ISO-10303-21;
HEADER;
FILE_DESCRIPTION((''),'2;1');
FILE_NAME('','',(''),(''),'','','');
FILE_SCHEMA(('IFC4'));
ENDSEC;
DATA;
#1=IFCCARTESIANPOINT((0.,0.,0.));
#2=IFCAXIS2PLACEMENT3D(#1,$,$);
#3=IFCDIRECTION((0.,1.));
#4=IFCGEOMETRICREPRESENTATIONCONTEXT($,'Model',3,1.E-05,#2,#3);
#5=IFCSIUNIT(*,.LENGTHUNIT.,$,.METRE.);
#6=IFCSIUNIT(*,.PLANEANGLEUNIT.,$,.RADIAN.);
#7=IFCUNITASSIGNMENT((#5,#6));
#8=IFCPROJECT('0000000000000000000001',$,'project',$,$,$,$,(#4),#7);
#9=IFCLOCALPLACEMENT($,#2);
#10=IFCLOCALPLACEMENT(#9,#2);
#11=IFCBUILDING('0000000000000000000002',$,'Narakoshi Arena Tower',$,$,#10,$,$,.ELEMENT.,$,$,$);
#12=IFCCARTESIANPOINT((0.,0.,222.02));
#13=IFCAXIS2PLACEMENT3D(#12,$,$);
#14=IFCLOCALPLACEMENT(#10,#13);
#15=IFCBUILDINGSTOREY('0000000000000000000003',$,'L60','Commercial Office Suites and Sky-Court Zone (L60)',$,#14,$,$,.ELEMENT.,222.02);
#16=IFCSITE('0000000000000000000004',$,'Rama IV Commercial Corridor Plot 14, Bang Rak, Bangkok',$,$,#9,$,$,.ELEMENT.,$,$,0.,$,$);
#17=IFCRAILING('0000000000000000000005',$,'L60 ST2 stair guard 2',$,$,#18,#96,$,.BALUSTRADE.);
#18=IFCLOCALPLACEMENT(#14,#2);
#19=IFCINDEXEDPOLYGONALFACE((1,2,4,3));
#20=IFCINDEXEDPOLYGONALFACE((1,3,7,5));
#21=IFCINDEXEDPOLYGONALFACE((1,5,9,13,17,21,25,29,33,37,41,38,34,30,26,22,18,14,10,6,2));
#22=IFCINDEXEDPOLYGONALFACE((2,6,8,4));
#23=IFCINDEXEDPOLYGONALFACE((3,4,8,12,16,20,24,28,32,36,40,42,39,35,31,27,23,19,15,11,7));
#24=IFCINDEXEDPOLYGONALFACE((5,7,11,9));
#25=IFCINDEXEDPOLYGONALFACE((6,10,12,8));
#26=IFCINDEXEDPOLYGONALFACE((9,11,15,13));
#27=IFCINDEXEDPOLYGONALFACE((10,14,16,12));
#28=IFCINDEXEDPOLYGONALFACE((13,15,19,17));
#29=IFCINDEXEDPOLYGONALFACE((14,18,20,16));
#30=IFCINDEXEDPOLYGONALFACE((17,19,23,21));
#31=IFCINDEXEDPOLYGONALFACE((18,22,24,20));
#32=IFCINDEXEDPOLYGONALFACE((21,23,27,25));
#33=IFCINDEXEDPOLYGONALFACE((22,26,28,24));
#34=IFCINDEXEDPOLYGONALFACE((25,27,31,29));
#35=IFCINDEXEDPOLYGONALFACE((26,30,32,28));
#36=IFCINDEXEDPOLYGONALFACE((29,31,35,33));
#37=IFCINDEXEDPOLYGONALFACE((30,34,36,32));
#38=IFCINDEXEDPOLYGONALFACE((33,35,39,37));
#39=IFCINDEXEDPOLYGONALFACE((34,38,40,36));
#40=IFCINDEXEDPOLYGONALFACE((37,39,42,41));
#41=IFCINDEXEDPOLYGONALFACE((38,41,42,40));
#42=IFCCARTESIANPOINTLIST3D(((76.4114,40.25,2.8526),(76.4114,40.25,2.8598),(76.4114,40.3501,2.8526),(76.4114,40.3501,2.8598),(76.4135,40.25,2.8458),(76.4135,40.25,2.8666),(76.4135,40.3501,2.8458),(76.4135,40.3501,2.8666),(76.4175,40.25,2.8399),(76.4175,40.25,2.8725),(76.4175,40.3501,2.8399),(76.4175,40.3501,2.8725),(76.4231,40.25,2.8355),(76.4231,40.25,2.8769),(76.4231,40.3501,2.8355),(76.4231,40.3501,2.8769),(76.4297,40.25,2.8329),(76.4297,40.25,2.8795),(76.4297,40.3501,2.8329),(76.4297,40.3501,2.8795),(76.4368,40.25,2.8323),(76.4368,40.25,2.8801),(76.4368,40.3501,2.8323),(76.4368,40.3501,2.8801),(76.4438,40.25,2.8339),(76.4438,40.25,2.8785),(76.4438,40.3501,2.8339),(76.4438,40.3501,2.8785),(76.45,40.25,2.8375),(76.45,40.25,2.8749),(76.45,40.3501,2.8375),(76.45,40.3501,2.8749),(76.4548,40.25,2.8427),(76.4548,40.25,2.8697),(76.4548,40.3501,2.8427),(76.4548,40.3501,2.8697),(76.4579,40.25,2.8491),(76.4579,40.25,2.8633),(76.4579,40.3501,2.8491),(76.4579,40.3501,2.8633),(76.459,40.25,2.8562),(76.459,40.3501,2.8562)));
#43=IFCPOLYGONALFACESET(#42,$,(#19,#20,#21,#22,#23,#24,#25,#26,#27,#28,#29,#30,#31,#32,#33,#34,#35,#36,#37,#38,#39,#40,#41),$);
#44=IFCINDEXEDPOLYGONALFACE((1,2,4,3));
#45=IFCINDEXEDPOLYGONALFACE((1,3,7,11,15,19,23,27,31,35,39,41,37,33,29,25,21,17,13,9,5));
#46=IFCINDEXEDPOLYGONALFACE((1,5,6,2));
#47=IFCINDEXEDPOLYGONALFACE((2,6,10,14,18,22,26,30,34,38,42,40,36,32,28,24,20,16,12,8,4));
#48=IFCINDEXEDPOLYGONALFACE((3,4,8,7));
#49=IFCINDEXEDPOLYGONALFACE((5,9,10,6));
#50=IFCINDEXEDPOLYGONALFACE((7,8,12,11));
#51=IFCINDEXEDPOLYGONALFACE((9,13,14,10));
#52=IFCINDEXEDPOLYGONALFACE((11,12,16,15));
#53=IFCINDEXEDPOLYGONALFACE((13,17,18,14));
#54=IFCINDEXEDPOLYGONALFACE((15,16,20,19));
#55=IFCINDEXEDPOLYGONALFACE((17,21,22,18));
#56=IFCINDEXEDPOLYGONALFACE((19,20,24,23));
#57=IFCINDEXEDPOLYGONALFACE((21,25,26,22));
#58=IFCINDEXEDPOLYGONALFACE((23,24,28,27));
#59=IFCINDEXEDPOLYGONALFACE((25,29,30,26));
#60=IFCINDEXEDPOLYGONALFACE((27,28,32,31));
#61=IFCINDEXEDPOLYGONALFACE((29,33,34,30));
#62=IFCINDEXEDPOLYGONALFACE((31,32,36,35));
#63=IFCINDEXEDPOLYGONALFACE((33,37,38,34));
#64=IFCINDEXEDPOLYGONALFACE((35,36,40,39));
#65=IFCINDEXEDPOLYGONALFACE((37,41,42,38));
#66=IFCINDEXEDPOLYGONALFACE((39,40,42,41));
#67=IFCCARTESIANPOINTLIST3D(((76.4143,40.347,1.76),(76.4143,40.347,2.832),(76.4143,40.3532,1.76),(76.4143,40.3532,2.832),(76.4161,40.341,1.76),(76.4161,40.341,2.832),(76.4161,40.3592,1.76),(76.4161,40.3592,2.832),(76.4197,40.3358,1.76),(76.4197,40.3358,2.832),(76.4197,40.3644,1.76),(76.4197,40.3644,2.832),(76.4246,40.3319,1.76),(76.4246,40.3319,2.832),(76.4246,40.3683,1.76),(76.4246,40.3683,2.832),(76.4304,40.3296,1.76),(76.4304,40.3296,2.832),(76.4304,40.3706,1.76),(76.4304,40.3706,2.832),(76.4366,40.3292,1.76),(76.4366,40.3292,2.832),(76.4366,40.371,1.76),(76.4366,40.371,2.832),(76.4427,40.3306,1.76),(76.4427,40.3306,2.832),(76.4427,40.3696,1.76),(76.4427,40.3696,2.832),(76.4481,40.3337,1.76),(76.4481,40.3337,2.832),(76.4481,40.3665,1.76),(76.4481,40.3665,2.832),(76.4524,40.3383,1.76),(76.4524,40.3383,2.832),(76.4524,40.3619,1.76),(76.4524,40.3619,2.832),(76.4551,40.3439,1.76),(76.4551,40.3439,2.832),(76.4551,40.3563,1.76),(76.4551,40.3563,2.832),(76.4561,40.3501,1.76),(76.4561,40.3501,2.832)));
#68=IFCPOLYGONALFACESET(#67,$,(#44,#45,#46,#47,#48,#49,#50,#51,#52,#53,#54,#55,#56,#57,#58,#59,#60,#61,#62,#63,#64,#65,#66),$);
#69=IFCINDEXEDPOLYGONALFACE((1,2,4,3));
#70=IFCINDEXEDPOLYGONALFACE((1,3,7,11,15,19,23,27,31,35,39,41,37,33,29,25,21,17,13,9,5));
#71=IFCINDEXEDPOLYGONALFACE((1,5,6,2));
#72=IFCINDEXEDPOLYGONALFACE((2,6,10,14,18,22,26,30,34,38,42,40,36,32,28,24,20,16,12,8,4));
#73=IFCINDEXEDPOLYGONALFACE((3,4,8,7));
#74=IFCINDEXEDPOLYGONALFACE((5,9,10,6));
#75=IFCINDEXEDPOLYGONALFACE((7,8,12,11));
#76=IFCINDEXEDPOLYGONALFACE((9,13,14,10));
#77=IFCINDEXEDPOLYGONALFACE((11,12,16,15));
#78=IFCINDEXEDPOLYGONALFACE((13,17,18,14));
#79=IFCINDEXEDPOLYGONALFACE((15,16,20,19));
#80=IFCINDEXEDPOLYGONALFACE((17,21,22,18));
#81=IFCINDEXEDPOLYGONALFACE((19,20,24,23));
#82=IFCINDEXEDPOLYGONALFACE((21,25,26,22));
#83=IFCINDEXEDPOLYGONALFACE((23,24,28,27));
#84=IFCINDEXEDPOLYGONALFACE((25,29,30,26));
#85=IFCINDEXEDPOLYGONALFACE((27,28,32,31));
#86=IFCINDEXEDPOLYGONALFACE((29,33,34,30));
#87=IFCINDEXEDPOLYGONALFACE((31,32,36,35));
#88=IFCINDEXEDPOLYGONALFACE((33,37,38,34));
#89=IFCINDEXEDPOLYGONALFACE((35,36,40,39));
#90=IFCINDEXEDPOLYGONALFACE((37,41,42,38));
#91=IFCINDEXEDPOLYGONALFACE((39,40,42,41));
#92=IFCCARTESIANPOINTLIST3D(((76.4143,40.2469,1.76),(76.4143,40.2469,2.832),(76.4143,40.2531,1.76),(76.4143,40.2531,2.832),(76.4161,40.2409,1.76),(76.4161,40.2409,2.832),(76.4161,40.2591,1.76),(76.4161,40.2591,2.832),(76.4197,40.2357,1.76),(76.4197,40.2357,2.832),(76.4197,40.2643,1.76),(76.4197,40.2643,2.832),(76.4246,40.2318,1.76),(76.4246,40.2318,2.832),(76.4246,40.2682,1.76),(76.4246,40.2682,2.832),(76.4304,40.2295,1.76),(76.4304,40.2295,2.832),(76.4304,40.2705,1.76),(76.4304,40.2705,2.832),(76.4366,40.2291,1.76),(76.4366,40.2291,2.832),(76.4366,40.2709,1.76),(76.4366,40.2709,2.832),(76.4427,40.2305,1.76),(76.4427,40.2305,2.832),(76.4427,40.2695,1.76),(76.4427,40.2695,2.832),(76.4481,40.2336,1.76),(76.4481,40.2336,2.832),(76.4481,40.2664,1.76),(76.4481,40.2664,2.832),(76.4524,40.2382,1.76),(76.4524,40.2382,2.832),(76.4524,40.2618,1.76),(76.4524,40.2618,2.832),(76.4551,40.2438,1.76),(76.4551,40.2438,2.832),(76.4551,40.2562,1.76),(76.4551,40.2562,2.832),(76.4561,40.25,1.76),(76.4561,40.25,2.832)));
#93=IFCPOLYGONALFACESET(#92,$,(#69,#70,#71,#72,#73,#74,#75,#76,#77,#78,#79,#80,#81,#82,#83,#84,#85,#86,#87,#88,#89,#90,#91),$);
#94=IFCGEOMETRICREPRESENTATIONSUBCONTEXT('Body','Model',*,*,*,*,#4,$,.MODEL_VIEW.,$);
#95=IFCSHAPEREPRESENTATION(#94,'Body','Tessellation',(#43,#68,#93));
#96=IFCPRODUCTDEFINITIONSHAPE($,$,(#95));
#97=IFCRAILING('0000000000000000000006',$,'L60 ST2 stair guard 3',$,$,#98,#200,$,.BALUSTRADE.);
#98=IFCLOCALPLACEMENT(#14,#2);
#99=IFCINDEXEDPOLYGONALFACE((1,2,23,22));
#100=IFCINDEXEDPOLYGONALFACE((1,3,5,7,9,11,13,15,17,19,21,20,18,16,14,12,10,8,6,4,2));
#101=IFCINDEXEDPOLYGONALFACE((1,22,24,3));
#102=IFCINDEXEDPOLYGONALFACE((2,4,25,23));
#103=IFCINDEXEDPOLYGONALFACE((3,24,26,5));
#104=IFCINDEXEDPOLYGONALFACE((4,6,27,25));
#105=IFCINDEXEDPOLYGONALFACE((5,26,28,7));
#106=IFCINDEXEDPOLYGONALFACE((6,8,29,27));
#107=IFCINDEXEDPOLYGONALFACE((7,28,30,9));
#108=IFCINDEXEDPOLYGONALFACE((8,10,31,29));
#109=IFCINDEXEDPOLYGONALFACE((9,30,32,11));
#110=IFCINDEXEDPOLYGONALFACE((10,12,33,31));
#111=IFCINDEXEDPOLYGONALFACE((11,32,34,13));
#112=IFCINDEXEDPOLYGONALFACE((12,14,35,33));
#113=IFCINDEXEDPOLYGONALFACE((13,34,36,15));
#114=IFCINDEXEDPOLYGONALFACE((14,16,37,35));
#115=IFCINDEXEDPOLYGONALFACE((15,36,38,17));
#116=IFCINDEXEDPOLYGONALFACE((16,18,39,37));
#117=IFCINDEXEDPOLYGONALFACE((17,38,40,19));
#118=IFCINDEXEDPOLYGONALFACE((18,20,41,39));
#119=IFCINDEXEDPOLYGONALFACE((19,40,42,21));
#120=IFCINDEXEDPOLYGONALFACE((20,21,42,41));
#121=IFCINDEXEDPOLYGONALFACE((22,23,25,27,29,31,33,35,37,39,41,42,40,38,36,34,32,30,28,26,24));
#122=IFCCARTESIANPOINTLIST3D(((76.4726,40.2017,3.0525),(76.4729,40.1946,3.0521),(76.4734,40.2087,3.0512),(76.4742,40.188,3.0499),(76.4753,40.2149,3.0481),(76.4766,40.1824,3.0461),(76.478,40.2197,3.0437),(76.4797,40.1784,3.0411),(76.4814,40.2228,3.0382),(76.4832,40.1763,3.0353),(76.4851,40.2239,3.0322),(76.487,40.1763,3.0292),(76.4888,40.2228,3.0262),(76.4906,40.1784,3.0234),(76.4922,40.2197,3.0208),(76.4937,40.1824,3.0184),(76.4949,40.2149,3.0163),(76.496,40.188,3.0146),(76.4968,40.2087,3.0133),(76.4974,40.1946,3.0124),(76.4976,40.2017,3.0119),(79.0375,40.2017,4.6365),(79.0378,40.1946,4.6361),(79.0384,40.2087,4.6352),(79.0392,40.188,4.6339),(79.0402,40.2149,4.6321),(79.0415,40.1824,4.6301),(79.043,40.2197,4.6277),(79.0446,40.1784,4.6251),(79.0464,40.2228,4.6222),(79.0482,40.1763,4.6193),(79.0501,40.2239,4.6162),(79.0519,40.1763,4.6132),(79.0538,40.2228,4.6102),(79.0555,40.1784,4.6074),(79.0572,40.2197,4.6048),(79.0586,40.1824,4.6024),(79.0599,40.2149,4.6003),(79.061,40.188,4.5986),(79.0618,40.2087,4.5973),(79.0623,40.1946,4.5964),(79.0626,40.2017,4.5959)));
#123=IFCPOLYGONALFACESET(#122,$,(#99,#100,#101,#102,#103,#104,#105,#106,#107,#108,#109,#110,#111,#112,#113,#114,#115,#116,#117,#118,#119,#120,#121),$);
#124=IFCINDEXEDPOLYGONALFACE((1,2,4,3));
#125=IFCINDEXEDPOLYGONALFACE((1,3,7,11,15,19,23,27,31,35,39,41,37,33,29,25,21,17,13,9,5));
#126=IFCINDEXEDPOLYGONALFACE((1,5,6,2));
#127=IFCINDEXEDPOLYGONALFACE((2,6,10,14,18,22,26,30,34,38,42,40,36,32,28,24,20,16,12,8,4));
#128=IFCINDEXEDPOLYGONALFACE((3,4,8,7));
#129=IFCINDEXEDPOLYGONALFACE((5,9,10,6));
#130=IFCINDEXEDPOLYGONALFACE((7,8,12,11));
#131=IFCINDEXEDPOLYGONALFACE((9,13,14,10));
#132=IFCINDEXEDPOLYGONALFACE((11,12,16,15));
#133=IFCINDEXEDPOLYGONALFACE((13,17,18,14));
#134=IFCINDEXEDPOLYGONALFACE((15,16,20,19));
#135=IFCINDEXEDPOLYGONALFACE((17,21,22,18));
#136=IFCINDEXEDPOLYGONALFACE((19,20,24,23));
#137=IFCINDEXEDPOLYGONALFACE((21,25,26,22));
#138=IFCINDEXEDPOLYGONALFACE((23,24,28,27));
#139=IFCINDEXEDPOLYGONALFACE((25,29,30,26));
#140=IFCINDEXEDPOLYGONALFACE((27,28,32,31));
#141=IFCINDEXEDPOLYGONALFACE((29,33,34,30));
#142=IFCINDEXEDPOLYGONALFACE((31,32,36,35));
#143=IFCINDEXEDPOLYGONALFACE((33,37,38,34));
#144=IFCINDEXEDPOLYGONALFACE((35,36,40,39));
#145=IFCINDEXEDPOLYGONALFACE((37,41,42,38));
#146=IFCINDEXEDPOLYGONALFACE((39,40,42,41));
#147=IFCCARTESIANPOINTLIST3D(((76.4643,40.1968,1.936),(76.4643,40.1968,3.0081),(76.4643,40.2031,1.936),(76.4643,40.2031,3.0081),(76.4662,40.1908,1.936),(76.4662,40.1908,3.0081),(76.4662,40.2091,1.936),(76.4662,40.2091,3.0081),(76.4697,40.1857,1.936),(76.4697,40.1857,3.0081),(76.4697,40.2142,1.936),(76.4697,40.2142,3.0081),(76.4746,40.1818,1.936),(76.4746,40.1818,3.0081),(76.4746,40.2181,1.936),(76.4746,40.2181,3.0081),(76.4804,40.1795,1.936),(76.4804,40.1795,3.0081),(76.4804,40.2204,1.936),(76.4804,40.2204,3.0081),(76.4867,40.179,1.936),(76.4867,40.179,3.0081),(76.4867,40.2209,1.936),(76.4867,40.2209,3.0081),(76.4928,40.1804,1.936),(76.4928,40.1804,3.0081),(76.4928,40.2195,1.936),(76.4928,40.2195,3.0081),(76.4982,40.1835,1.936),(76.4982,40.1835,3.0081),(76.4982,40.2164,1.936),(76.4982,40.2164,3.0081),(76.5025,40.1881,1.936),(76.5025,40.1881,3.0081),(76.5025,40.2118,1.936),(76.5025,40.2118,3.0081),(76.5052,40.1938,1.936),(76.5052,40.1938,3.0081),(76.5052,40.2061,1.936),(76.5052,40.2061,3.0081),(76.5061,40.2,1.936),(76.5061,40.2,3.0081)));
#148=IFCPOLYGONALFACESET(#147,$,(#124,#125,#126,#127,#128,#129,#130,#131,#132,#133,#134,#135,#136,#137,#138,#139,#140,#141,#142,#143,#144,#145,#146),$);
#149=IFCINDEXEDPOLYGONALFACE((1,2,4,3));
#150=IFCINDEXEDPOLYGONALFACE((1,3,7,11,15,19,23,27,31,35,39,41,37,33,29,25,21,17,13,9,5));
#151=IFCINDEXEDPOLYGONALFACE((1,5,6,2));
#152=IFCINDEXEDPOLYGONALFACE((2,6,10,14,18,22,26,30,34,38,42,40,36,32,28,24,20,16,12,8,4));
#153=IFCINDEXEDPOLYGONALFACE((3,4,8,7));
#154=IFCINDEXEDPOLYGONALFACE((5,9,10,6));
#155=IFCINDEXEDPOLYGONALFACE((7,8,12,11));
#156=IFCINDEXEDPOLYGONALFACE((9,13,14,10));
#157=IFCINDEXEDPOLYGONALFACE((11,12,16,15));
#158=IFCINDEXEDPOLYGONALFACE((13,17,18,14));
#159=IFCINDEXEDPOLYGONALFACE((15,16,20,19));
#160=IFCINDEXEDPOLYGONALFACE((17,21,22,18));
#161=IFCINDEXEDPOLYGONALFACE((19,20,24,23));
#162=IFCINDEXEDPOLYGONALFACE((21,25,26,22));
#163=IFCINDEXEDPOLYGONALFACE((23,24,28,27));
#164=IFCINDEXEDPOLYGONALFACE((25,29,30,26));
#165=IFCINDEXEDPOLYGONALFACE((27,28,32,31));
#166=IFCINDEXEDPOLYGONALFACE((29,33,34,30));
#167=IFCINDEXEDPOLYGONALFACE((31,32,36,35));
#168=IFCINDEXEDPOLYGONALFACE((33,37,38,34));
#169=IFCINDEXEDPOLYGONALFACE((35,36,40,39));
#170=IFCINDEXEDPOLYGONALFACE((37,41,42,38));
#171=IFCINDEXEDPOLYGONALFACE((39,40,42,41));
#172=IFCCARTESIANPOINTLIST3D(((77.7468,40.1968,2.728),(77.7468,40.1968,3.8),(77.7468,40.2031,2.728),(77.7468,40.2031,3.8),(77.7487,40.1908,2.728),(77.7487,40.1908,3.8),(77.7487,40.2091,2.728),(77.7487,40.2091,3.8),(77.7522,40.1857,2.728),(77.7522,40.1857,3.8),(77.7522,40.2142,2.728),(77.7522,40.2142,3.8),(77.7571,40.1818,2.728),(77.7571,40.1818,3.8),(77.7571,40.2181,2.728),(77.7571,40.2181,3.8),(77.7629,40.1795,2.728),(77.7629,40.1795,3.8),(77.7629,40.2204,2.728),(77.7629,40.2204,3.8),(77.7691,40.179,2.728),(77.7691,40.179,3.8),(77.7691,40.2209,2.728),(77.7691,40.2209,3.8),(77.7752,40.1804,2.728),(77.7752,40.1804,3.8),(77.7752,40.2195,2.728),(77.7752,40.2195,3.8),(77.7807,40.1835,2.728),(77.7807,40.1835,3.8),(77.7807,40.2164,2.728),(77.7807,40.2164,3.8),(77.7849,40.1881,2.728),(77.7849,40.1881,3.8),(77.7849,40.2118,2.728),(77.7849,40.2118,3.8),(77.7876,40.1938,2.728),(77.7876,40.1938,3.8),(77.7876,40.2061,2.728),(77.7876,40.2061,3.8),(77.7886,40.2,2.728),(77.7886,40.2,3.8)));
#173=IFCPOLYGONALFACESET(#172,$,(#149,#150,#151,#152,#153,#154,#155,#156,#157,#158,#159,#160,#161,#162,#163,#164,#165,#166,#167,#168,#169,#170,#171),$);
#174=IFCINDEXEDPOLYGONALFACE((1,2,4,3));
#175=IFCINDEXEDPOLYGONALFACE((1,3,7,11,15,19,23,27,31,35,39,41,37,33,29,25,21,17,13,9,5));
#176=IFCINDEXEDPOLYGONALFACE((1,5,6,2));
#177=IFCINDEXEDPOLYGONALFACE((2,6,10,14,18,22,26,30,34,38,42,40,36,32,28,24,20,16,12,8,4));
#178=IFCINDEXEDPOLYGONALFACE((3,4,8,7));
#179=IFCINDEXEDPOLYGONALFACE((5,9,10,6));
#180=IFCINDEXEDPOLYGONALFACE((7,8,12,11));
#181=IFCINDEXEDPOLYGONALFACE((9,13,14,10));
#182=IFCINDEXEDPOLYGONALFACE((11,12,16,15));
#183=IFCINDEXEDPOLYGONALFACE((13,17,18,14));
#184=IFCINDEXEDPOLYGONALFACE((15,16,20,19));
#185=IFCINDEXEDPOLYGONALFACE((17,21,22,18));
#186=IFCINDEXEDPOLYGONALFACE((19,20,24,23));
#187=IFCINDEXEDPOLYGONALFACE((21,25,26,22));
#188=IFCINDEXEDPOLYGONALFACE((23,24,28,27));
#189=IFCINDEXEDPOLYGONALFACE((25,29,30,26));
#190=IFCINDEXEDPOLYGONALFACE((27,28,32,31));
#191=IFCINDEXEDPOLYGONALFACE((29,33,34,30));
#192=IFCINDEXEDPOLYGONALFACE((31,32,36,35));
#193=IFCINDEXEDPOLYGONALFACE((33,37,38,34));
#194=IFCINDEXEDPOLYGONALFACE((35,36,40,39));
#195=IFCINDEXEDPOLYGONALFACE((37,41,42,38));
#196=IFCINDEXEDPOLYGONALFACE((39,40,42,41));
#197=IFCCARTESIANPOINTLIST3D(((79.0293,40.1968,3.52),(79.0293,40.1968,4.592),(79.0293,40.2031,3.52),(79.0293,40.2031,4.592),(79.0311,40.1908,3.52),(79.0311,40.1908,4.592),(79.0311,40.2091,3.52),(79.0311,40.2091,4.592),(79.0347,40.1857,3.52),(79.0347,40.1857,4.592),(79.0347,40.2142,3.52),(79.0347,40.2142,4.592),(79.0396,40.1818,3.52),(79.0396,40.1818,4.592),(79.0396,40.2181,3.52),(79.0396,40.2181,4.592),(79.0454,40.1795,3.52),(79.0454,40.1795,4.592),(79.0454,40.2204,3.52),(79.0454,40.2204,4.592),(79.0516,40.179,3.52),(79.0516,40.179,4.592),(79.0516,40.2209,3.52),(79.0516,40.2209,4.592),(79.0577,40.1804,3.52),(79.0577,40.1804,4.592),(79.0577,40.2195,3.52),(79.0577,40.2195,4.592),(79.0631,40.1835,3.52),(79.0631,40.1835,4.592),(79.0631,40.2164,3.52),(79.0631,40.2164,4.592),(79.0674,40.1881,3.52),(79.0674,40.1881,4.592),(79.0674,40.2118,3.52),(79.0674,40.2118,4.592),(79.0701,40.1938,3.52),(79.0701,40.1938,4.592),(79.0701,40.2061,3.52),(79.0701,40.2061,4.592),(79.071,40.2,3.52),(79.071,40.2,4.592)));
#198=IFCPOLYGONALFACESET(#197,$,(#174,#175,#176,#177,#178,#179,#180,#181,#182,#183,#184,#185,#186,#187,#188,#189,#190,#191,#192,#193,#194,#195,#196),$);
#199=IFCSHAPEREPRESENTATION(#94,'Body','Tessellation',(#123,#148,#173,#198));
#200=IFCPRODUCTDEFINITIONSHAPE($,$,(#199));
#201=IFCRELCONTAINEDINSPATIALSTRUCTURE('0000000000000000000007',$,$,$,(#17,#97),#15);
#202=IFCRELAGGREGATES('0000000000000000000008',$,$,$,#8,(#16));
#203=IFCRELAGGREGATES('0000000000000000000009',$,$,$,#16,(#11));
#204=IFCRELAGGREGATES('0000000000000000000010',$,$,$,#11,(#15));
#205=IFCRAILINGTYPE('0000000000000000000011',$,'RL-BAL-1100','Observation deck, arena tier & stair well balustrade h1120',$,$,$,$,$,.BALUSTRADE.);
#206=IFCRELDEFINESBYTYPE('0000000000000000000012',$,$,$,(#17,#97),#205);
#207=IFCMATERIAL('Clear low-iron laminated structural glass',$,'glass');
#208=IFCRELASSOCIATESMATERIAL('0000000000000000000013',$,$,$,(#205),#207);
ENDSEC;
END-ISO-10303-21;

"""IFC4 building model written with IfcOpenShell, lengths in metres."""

from ifc_helpers import new_model, si_unit, direction, frame, origin, origin_2d, place, context, subcontext, project, spatial, circle, extrude, material, type_object, element, save


model = new_model("IFC4")

# Units and contexts
model_context = context("Model", 3, precision=1e-05, world=origin(), true_north=direction((0.0, 1.0)))
body_context = subcontext(model_context, "Body", "Model", "MODEL_VIEW")
ifc_project = project(units=[si_unit("LENGTHUNIT", "METRE"), si_unit("PLANEANGLEUNIT", "RADIAN")], contexts=[model_context])

# Site, building, storey
site_placement = place(None, origin())
site = spatial("IfcSite", under=ifc_project, at=site_placement, Name="Rama IV Commercial Corridor Plot 14, Bang Rak, Bangkok", CompositionType="ELEMENT", RefElevation=0.0)
building_placement = place(site_placement, origin())
building = spatial("IfcBuilding", under=site, at=building_placement, Name="Narakoshi Arena Tower", CompositionType="ELEMENT")
storey_placement = place(building_placement, frame((0.0, 0.0, 222.02)))
storey = spatial("IfcBuildingStorey", under=building, at=storey_placement, Name="L60", Description="Commercial Office Suites and Sky-Court Zone (L60)", CompositionType="ELEMENT", Elevation=222.02)

# Railings
ifc_material_1 = material(Name="Clear low-iron laminated structural glass", Category="glass")
railing_type_1 = type_object("IfcRailingType", Name="RL-BAL-1100", Description="Observation deck, arena tier & stair well balustrade h1120", PredefinedType="BALUSTRADE", material=ifc_material_1)
railing_1_placement = place(storey_placement, frame((76.4351, 40.3501, 1.76)))
element("IfcRailing", 1, at=railing_1_placement, inside=storey, type_object=railing_type_1, Name="L60 ST2 stair guard 2", PredefinedType="BALUSTRADE", context=body_context, shape_type="SweptSolid", body=[
    extrude(circle(Radius=0.0239, at=origin_2d()), frame((0.0, 0.0, 1.0962), z_axis=(0.0, -1.0, 0.0), x_axis=(1.0, 0.0, 0.0)), (0.0, 0.0, 1.0), 0.1001),
    extrude(circle(Radius=0.021, at=origin_2d()), origin(), (0.0, 0.0, 1.0), 1.072),
    extrude(circle(Radius=0.021, at=origin_2d()), frame((0.0, -0.1001, 0.0)), (0.0, 0.0, 1.0), 1.072),
])
railing_2_placement = place(storey_placement, frame((76.4851, 40.2, 1.936)))
element("IfcRailing", 2, at=railing_2_placement, inside=storey, type_object=railing_type_1, Name="L60 ST2 stair guard 3", PredefinedType="BALUSTRADE", context=body_context, shape_type="SweptSolid", body=[
    extrude(circle(Radius=0.0239, at=origin_2d()), frame((0.0, 0.0, 1.0962), z_axis=(0.850834, 0.0, 0.525434), x_axis=(0.0, 1.0, 0.0)), (0.0, 0.0, 1.0), 3.0146),
    extrude(circle(Radius=0.021, at=origin_2d()), origin(), (0.0, 0.0, 1.0), 1.072),
    extrude(circle(Radius=0.021, at=origin_2d()), frame((1.2825, 0.0, 0.792)), (0.0, 0.0, 1.0), 1.072),
    extrude(circle(Radius=0.021, at=origin_2d()), frame((2.5649, 0.0, 1.584)), (0.0, 0.0, 1.0), 1.072),
])

save(model, "model.ifc")
